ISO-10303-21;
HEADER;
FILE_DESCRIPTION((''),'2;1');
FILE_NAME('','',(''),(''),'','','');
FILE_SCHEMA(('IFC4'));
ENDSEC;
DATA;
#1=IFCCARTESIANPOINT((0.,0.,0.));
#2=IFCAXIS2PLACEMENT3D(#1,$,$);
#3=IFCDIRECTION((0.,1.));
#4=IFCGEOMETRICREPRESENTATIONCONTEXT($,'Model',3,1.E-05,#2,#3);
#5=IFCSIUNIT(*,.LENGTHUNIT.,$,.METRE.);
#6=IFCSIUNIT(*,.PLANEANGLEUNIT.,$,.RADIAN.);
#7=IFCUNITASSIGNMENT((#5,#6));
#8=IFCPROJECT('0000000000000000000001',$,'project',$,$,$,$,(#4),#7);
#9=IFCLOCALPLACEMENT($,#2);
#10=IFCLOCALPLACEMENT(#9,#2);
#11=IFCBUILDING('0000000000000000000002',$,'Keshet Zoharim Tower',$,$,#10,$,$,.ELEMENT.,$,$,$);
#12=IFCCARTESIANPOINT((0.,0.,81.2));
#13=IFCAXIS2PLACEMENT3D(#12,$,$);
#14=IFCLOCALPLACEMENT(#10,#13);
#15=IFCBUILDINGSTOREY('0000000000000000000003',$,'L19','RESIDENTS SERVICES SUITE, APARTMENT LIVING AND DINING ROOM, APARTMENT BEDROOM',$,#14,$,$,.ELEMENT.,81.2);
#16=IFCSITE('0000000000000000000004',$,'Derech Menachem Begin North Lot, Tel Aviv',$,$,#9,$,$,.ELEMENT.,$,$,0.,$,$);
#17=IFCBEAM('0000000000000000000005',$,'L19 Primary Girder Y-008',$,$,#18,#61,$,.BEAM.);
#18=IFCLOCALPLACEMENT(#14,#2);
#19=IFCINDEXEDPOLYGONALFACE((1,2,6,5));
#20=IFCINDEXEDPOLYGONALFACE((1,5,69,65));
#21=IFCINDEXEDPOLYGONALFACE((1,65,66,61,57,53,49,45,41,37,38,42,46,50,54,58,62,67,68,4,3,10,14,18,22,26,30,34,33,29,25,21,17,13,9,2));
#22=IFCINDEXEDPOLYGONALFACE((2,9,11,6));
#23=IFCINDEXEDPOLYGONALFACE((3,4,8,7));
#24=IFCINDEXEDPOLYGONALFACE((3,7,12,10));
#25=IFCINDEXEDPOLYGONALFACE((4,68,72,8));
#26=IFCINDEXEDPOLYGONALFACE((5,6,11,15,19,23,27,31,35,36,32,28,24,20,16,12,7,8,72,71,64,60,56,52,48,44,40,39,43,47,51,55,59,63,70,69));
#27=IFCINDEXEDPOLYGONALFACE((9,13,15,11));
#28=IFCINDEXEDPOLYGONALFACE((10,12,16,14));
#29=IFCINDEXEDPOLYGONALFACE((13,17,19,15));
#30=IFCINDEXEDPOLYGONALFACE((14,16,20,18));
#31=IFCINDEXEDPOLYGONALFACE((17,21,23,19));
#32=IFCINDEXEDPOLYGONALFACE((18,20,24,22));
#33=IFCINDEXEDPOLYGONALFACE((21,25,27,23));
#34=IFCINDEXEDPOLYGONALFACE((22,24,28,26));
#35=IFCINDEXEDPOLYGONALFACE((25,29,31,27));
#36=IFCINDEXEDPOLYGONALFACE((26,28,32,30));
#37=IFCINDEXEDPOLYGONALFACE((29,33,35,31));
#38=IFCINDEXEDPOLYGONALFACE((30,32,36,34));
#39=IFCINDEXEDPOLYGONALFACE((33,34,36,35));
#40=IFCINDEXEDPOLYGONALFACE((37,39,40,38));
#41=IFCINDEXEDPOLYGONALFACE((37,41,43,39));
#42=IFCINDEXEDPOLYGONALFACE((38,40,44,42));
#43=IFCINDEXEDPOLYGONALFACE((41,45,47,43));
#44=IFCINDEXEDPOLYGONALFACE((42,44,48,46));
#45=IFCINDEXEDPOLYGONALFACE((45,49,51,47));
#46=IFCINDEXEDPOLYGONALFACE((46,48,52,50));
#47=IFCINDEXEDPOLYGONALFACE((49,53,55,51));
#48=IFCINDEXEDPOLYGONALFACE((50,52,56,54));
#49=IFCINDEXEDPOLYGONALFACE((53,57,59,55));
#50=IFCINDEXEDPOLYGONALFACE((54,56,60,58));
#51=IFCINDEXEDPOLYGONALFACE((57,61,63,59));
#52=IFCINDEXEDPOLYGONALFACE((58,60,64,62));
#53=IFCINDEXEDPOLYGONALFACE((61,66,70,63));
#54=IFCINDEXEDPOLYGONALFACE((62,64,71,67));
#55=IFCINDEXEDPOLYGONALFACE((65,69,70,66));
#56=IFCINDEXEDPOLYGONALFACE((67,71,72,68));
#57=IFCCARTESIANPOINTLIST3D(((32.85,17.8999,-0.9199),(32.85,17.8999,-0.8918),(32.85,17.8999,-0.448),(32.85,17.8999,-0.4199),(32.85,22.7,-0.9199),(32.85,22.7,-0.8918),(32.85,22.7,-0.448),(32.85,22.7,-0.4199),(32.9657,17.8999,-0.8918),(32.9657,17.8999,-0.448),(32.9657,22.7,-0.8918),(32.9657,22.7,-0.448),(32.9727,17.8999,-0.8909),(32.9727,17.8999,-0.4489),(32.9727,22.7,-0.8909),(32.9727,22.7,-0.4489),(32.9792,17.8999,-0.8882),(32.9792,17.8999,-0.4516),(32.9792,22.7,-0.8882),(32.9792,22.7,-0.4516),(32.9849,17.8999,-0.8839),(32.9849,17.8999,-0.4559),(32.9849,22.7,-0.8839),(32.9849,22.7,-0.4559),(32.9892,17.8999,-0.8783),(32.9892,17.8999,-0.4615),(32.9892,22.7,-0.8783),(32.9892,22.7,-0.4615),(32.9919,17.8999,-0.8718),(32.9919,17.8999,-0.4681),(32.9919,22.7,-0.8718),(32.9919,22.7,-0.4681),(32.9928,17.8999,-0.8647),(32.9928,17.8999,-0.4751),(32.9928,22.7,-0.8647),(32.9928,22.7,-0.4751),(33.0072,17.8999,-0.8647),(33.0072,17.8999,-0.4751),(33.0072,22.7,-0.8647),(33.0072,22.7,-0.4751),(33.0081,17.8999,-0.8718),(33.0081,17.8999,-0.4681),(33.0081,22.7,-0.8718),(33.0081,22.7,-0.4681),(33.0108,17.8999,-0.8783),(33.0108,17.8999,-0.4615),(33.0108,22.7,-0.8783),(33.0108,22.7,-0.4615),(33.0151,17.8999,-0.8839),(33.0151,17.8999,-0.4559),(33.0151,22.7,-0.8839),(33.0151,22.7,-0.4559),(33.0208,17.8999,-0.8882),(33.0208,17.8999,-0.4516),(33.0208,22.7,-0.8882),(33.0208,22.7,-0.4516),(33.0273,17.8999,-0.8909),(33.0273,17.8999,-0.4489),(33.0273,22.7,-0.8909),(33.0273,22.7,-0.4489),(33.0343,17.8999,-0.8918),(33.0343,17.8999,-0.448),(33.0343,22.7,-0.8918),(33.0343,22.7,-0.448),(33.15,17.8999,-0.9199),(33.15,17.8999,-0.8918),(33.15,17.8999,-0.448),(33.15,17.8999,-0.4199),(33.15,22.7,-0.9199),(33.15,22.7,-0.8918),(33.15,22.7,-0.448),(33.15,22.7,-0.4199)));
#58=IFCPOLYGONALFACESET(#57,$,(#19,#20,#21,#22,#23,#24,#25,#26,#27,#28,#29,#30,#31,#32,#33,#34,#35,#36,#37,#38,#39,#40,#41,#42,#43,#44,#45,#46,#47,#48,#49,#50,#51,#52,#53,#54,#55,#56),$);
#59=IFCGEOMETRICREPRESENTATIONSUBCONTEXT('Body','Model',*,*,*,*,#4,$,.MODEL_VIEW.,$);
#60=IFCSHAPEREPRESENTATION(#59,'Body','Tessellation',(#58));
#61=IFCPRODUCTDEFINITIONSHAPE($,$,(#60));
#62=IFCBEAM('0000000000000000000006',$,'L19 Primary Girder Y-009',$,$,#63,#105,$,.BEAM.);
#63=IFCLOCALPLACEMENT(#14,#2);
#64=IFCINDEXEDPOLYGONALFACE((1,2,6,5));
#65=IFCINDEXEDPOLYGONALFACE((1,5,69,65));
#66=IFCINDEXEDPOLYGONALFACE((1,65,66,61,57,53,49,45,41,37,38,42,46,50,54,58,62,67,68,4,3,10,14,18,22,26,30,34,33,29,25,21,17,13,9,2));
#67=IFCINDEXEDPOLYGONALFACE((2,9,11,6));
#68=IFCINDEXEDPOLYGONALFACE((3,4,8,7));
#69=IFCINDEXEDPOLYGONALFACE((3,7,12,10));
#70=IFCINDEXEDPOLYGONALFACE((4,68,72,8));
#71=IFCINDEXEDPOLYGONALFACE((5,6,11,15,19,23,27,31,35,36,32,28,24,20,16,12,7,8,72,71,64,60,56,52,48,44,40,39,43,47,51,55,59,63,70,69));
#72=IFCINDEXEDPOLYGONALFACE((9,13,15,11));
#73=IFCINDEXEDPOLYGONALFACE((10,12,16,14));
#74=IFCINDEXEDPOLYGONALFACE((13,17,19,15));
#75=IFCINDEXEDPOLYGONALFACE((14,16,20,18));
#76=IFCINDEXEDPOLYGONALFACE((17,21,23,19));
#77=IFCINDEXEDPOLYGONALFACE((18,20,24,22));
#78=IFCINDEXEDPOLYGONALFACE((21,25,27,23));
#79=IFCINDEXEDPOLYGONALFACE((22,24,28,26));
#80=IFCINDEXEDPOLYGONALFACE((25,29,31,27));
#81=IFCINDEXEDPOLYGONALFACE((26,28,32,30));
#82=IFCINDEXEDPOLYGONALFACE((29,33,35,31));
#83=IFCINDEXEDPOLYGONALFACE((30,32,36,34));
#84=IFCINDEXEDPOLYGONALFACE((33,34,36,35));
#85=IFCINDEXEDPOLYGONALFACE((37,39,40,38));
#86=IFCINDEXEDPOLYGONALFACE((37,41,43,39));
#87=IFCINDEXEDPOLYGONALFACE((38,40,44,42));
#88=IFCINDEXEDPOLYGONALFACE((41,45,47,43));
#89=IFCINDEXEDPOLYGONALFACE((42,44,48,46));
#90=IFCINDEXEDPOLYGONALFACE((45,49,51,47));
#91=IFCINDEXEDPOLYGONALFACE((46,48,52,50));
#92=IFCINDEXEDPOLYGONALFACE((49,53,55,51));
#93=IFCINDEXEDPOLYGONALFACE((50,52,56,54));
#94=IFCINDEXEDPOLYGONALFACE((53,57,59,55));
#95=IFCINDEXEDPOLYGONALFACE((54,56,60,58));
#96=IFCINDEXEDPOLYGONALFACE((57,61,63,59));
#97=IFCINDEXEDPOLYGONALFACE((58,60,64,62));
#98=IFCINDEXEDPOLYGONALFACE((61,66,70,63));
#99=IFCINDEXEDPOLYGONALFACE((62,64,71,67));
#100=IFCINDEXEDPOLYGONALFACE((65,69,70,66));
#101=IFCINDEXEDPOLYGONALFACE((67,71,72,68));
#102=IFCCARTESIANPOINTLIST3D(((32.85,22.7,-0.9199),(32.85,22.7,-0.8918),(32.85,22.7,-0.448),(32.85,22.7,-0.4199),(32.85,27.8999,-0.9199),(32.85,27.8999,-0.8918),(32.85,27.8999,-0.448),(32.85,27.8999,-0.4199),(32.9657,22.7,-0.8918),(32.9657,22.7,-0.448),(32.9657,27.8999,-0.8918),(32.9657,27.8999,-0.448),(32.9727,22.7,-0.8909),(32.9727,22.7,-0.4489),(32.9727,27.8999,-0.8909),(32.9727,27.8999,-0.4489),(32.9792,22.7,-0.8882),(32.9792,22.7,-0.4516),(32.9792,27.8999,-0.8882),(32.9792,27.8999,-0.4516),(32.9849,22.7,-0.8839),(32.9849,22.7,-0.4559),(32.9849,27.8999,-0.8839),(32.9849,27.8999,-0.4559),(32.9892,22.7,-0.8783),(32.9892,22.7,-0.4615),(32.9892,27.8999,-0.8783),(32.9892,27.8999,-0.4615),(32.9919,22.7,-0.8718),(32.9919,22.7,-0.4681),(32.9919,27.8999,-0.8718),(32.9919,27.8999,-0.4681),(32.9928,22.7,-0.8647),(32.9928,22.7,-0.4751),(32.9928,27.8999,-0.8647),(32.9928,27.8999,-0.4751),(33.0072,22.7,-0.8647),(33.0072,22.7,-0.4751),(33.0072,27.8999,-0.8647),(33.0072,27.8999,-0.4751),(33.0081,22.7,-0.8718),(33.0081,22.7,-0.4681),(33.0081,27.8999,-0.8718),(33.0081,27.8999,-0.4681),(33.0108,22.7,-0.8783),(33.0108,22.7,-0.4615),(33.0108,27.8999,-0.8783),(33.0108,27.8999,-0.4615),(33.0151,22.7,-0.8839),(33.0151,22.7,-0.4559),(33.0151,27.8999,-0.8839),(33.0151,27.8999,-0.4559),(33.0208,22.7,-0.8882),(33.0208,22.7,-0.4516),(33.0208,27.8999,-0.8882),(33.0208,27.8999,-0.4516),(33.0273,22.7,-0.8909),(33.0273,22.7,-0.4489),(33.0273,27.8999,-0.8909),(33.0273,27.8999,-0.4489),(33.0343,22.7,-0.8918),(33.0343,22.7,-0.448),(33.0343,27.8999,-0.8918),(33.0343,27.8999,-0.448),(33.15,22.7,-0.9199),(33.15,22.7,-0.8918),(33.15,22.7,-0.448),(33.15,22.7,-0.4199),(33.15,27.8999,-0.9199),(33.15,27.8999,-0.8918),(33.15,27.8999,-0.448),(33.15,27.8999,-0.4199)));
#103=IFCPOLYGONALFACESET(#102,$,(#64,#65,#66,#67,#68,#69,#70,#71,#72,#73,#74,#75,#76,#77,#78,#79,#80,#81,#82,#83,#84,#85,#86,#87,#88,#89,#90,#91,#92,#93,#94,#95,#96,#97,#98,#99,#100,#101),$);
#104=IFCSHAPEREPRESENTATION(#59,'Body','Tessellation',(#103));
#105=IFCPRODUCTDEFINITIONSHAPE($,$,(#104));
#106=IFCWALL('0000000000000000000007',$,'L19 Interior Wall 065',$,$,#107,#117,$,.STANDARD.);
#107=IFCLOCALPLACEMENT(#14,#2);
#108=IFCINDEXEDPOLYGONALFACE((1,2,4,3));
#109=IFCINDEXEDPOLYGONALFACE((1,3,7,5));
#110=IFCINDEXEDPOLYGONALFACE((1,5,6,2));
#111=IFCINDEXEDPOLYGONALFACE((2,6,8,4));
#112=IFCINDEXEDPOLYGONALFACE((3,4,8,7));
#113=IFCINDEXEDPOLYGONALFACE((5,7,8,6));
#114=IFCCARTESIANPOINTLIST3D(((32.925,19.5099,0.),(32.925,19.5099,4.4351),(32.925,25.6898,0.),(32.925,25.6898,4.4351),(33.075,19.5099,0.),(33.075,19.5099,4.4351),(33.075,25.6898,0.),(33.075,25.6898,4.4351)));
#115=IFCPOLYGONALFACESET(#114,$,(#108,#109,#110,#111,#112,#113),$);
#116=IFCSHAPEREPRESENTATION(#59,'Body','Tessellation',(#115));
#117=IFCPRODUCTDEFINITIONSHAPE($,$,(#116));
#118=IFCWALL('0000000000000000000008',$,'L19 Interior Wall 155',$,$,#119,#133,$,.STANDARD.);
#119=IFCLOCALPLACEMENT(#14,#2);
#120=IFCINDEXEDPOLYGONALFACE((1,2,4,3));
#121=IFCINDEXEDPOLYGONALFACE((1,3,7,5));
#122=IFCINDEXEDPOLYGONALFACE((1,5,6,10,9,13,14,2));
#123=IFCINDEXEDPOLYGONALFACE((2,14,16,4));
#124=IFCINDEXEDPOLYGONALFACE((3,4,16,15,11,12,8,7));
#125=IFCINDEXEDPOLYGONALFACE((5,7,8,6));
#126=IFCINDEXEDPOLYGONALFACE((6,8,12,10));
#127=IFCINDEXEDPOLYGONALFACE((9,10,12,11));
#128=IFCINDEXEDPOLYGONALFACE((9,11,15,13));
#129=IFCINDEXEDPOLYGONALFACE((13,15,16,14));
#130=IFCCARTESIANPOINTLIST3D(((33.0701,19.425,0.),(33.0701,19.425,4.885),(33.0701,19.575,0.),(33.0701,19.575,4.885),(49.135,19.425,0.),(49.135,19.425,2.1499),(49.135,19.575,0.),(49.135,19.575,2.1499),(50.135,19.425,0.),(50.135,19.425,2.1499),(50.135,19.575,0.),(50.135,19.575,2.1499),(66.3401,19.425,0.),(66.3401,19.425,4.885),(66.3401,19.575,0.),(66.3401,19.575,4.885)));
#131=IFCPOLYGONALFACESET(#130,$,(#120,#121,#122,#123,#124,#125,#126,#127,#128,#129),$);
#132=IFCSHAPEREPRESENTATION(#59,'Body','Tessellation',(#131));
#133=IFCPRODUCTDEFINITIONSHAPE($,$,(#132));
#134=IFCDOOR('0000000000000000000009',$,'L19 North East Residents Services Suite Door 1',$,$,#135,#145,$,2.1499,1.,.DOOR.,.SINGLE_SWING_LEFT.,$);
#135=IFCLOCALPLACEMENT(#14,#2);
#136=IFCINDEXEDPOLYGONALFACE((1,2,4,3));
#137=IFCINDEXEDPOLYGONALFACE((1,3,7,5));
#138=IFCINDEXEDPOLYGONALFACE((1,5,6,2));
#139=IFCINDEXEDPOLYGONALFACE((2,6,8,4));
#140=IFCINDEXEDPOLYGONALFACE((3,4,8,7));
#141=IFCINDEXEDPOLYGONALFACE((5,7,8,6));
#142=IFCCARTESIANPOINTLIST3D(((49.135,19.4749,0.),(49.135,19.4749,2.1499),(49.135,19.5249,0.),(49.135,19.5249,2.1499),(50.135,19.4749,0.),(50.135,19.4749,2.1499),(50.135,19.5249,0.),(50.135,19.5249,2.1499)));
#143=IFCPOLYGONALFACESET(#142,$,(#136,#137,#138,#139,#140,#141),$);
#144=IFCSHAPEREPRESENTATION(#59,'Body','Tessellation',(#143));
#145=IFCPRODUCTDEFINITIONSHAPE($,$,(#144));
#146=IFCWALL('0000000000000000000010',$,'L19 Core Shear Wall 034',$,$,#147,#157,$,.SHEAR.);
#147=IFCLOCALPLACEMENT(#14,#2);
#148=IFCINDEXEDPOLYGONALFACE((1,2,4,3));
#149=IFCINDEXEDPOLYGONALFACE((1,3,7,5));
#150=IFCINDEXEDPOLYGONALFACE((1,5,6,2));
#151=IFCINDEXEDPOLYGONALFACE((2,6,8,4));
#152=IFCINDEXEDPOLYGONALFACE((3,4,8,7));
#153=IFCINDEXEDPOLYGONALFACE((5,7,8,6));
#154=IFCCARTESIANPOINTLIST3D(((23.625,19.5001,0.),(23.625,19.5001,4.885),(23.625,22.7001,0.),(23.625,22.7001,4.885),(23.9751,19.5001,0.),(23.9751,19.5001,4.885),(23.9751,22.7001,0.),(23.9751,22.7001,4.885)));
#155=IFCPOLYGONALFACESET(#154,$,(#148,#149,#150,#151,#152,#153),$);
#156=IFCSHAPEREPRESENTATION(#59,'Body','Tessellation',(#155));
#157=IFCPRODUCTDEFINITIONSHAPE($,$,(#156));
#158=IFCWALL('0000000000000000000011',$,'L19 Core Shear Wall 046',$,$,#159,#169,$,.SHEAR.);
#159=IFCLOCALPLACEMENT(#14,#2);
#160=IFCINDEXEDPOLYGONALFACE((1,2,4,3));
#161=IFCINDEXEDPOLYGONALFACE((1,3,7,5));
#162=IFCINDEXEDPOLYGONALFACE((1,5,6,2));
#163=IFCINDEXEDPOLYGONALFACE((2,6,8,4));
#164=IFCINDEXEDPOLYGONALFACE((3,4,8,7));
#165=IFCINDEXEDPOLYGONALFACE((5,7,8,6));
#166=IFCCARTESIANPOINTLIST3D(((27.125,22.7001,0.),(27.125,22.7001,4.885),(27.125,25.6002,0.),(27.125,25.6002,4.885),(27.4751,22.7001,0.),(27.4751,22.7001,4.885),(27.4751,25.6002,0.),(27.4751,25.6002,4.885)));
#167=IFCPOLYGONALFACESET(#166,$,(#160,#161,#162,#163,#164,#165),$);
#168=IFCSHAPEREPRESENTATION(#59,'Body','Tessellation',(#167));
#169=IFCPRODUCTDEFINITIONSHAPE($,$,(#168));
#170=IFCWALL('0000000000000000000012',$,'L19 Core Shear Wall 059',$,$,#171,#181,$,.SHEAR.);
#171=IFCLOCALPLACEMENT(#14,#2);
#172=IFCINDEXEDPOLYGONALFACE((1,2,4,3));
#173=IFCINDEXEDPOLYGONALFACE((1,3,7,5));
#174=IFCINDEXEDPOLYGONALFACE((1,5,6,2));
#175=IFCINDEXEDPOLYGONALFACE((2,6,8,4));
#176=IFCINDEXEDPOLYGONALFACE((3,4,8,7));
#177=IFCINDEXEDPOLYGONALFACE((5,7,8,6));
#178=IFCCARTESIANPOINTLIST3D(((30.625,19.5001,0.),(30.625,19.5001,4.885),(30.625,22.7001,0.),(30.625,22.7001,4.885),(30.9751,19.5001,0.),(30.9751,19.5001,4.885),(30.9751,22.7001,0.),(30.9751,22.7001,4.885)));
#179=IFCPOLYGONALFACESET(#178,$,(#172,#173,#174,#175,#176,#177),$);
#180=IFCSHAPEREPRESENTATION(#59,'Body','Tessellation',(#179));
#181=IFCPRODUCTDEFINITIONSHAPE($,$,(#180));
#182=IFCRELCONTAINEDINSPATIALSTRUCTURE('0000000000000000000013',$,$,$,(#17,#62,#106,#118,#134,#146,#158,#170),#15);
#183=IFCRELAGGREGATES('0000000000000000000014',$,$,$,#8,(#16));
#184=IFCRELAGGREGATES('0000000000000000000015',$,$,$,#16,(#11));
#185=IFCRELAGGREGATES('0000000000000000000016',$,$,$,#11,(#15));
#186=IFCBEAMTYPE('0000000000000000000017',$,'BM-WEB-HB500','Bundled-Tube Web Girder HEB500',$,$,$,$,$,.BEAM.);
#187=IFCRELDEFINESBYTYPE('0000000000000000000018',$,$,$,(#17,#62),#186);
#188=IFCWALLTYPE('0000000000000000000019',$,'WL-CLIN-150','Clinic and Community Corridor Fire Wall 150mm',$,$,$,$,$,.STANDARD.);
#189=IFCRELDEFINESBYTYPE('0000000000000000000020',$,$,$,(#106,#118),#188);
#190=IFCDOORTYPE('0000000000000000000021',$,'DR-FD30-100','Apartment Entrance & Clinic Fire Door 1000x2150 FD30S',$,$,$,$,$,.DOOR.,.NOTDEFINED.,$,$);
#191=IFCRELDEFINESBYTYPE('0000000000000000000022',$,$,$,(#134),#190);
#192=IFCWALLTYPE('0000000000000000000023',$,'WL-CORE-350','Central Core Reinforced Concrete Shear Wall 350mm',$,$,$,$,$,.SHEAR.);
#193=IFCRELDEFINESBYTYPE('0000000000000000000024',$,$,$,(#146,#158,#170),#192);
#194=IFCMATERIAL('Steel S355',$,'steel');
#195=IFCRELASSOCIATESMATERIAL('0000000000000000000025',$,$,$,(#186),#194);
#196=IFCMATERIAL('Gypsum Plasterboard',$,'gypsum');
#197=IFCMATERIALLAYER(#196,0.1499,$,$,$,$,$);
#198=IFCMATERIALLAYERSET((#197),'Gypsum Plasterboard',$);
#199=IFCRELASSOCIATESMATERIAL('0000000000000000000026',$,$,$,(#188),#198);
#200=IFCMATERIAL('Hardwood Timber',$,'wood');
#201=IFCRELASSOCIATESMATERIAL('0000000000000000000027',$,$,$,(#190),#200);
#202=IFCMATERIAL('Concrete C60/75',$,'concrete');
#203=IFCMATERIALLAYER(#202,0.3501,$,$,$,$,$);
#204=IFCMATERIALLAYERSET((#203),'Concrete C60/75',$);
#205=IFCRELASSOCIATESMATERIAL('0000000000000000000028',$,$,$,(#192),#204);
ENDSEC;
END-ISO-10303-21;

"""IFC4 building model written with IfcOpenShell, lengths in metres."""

from ifc_helpers import new_model, si_unit, direction, frame, frame_2d, origin, origin_2d, place, context, subcontext, project, spatial, rectangle, i_section, extrude, material, layer, layer_set, material_profile, profile_set, type_object, element, fill, save


model = new_model("IFC4")

# Units and contexts
model_context = context("Model", 3, precision=1e-05, world=origin(), true_north=direction((0.0, 1.0)))
body_context = subcontext(model_context, "Body", "Model", "MODEL_VIEW")
ifc_project = project(units=[si_unit("LENGTHUNIT", "METRE"), si_unit("PLANEANGLEUNIT", "RADIAN")], contexts=[model_context])

# Site, building, storey
site_placement = place(None, origin())
site = spatial("IfcSite", under=ifc_project, at=site_placement, Name="Derech Menachem Begin North Lot, Tel Aviv", CompositionType="ELEMENT", RefElevation=0.0)
building_placement = place(site_placement, origin())
building = spatial("IfcBuilding", under=site, at=building_placement, Name="Keshet Zoharim Tower", CompositionType="ELEMENT")
storey_placement = place(building_placement, frame((0.0, 0.0, 81.2)))
storey = spatial("IfcBuildingStorey", under=building, at=storey_placement, Name="L19", Description="RESIDENTS SERVICES SUITE, APARTMENT LIVING AND DINING ROOM, APARTMENT BEDROOM", CompositionType="ELEMENT", Elevation=81.2)

# Shared definitions
ifc_material_1 = material(Name="Concrete C60/75", Category="concrete")

# Beams
ifc_material_2 = material(Name="Steel S355", Category="steel")
ifc_material_profile_1 = material_profile(ifc_material_2, i_section(OverallWidth=0.3, OverallDepth=0.5, WebThickness=0.0144, FlangeThickness=0.0281, FilletRadius=0.0271, at=origin_2d()), Name="HEB500")
ifc_profile_set_1 = profile_set([ifc_material_profile_1], Name="Steel S355")
beam_type_1 = type_object("IfcBeamType", Name="BM-WEB-HB500", Description="Bundled-Tube Web Girder HEB500", PredefinedType="BEAM", material=ifc_profile_set_1)
beam_1_placement = place(storey_placement, frame((33.0, 17.8999, -0.6699), z_axis=(0.0, 1.0, 0.0), x_axis=(-1.0, 0.0, 0.0)))
element("IfcBeam", 1, at=beam_1_placement, inside=storey, type_object=beam_type_1, Name="L19 Primary Girder Y-008", PredefinedType="BEAM", context=body_context, shape_type="SweptSolid", body=[
    extrude(i_section(OverallWidth=0.3, OverallDepth=0.5, WebThickness=0.0144, FlangeThickness=0.0281, FilletRadius=0.0271, at=origin_2d()), origin(), (0.0, 0.0, 1.0), 4.8),
])
beam_2_placement = place(storey_placement, frame((33.0, 22.7, -0.6699), z_axis=(0.0, 1.0, 0.0), x_axis=(-1.0, 0.0, 0.0)))
element("IfcBeam", 2, at=beam_2_placement, inside=storey, type_object=beam_type_1, Name="L19 Primary Girder Y-009", PredefinedType="BEAM", context=body_context, shape_type="SweptSolid", body=[
    extrude(i_section(OverallWidth=0.3, OverallDepth=0.5, WebThickness=0.0144, FlangeThickness=0.0281, FilletRadius=0.0271, at=origin_2d()), origin(), (0.0, 0.0, 1.0), 5.2),
])

# Wall
ifc_material_3 = material(Name="Gypsum Plasterboard", Category="gypsum")
ifc_layer_1 = layer(ifc_material_3, 0.1499)
ifc_layer_set_1 = layer_set([ifc_layer_1], Name="Gypsum Plasterboard")
wall_type_1 = type_object("IfcWallType", Name="WL-CLIN-150", Description="Clinic and Community Corridor Fire Wall 150mm", PredefinedType="STANDARD", material=ifc_layer_set_1)
wall_1_placement = place(storey_placement, frame((33.0, 19.51, 0.0), z_axis=(0.0, 0.0, 1.0), x_axis=(0.0, 1.0, 0.0)))
element("IfcWall", 3, at=wall_1_placement, inside=storey, type_object=wall_type_1, Name="L19 Interior Wall 065", PredefinedType="STANDARD", context=body_context, shape_type="SweptSolid", body=[
    extrude(rectangle(XDim=6.1799, YDim=0.1499, at=frame_2d((3.0898, 0.0))), origin(), (0.0, 0.0, 1.0), 4.4351),
])

# Wall, opening, door
wall_2_placement = place(storey_placement, frame((33.0701, 19.5, 0.0), z_axis=(0.0, 0.0, 1.0), x_axis=(1.0, 0.0, 0.0)))
wall_2 = element("IfcWall", 4, at=wall_2_placement, inside=storey, type_object=wall_type_1, Name="L19 Interior Wall 155", PredefinedType="STANDARD", context=body_context, shape_type="SweptSolid", body=[
    extrude(rectangle(XDim=33.27, YDim=0.1499, at=frame_2d((16.635, 0.0))), origin(), (0.0, 0.0, 1.0), 4.885),
])
opening_1_placement = place(wall_2_placement, frame((16.0649, 0.0, 0.0)))
opening_1 = element("IfcOpeningElement", 5, at=opening_1_placement, cuts=wall_2, PredefinedType="OPENING", context=body_context, shape_type="SweptSolid", body=[
    extrude(rectangle(XDim=1.0, YDim=2.1499, at=frame_2d((0.5, 1.075))), frame((0.0, 0.085, 0.0), z_axis=(0.0, -1.0, 0.0), x_axis=(1.0, 0.0, 0.0)), (0.0, 0.0, 1.0), 0.1699),
])
ifc_material_4 = material(Name="Hardwood Timber", Category="wood")
door_type_1 = type_object("IfcDoorType", Name="DR-FD30-100", Description="Apartment Entrance & Clinic Fire Door 1000x2150 FD30S", OperationType="NOTDEFINED", PredefinedType="DOOR", material=ifc_material_4)
door_1_placement = place(opening_1_placement, origin())
door_1 = element("IfcDoor", 6, at=door_1_placement, inside=storey, type_object=door_type_1, Name="L19 North East Residents Services Suite Door 1", OperationType="SINGLE_SWING_LEFT", OverallHeight=2.1499, OverallWidth=1.0, PredefinedType="DOOR", context=body_context, shape_type="SweptSolid", body=[
    extrude(rectangle(XDim=1.0, YDim=2.1499, at=frame_2d((0.5, 1.075))), frame((0.0, 0.0249, 0.0), z_axis=(0.0, -1.0, 0.0), x_axis=(1.0, 0.0, 0.0)), (0.0, 0.0, 1.0), 0.05),
])
fill(opening_1, door_1)

# Wall
ifc_layer_2 = layer(ifc_material_1, 0.3501)
ifc_layer_set_2 = layer_set([ifc_layer_2], Name="Concrete C60/75")
wall_type_2 = type_object("IfcWallType", Name="WL-CORE-350", Description="Central Core Reinforced Concrete Shear Wall 350mm", PredefinedType="SHEAR", material=ifc_layer_set_2)
wall_3_placement = place(storey_placement, frame((23.8, 19.5, 0.0), z_axis=(0.0, 0.0, 1.0), x_axis=(0.0, 1.0, 0.0)))
element("IfcWall", 7, at=wall_3_placement, inside=storey, type_object=wall_type_2, Name="L19 Core Shear Wall 034", PredefinedType="SHEAR", context=body_context, shape_type="SweptSolid", body=[
    extrude(rectangle(XDim=3.2, YDim=0.3501, at=frame_2d((1.6001, 0.0))), origin(), (0.0, 0.0, 1.0), 4.885),
])

# Walls
wall_4_placement = place(storey_placement, frame((27.3, 22.7, 0.0), z_axis=(0.0, 0.0, 1.0), x_axis=(0.0, 1.0, 0.0)))
element("IfcWall", 8, at=wall_4_placement, inside=storey, type_object=wall_type_2, Name="L19 Core Shear Wall 046", PredefinedType="SHEAR", context=body_context, shape_type="SweptSolid", body=[
    extrude(rectangle(XDim=2.9001, YDim=0.3501, at=frame_2d((1.4502, 0.0))), origin(), (0.0, 0.0, 1.0), 4.885),
])
wall_5_placement = place(storey_placement, frame((30.8, 19.5, 0.0), z_axis=(0.0, 0.0, 1.0), x_axis=(0.0, 1.0, 0.0)))
element("IfcWall", 9, at=wall_5_placement, inside=storey, type_object=wall_type_2, Name="L19 Core Shear Wall 059", PredefinedType="SHEAR", context=body_context, shape_type="SweptSolid", body=[
    extrude(rectangle(XDim=3.2, YDim=0.3501, at=frame_2d((1.6001, 0.0))), origin(), (0.0, 0.0, 1.0), 4.885),
])

save(model, "model.ifc")
